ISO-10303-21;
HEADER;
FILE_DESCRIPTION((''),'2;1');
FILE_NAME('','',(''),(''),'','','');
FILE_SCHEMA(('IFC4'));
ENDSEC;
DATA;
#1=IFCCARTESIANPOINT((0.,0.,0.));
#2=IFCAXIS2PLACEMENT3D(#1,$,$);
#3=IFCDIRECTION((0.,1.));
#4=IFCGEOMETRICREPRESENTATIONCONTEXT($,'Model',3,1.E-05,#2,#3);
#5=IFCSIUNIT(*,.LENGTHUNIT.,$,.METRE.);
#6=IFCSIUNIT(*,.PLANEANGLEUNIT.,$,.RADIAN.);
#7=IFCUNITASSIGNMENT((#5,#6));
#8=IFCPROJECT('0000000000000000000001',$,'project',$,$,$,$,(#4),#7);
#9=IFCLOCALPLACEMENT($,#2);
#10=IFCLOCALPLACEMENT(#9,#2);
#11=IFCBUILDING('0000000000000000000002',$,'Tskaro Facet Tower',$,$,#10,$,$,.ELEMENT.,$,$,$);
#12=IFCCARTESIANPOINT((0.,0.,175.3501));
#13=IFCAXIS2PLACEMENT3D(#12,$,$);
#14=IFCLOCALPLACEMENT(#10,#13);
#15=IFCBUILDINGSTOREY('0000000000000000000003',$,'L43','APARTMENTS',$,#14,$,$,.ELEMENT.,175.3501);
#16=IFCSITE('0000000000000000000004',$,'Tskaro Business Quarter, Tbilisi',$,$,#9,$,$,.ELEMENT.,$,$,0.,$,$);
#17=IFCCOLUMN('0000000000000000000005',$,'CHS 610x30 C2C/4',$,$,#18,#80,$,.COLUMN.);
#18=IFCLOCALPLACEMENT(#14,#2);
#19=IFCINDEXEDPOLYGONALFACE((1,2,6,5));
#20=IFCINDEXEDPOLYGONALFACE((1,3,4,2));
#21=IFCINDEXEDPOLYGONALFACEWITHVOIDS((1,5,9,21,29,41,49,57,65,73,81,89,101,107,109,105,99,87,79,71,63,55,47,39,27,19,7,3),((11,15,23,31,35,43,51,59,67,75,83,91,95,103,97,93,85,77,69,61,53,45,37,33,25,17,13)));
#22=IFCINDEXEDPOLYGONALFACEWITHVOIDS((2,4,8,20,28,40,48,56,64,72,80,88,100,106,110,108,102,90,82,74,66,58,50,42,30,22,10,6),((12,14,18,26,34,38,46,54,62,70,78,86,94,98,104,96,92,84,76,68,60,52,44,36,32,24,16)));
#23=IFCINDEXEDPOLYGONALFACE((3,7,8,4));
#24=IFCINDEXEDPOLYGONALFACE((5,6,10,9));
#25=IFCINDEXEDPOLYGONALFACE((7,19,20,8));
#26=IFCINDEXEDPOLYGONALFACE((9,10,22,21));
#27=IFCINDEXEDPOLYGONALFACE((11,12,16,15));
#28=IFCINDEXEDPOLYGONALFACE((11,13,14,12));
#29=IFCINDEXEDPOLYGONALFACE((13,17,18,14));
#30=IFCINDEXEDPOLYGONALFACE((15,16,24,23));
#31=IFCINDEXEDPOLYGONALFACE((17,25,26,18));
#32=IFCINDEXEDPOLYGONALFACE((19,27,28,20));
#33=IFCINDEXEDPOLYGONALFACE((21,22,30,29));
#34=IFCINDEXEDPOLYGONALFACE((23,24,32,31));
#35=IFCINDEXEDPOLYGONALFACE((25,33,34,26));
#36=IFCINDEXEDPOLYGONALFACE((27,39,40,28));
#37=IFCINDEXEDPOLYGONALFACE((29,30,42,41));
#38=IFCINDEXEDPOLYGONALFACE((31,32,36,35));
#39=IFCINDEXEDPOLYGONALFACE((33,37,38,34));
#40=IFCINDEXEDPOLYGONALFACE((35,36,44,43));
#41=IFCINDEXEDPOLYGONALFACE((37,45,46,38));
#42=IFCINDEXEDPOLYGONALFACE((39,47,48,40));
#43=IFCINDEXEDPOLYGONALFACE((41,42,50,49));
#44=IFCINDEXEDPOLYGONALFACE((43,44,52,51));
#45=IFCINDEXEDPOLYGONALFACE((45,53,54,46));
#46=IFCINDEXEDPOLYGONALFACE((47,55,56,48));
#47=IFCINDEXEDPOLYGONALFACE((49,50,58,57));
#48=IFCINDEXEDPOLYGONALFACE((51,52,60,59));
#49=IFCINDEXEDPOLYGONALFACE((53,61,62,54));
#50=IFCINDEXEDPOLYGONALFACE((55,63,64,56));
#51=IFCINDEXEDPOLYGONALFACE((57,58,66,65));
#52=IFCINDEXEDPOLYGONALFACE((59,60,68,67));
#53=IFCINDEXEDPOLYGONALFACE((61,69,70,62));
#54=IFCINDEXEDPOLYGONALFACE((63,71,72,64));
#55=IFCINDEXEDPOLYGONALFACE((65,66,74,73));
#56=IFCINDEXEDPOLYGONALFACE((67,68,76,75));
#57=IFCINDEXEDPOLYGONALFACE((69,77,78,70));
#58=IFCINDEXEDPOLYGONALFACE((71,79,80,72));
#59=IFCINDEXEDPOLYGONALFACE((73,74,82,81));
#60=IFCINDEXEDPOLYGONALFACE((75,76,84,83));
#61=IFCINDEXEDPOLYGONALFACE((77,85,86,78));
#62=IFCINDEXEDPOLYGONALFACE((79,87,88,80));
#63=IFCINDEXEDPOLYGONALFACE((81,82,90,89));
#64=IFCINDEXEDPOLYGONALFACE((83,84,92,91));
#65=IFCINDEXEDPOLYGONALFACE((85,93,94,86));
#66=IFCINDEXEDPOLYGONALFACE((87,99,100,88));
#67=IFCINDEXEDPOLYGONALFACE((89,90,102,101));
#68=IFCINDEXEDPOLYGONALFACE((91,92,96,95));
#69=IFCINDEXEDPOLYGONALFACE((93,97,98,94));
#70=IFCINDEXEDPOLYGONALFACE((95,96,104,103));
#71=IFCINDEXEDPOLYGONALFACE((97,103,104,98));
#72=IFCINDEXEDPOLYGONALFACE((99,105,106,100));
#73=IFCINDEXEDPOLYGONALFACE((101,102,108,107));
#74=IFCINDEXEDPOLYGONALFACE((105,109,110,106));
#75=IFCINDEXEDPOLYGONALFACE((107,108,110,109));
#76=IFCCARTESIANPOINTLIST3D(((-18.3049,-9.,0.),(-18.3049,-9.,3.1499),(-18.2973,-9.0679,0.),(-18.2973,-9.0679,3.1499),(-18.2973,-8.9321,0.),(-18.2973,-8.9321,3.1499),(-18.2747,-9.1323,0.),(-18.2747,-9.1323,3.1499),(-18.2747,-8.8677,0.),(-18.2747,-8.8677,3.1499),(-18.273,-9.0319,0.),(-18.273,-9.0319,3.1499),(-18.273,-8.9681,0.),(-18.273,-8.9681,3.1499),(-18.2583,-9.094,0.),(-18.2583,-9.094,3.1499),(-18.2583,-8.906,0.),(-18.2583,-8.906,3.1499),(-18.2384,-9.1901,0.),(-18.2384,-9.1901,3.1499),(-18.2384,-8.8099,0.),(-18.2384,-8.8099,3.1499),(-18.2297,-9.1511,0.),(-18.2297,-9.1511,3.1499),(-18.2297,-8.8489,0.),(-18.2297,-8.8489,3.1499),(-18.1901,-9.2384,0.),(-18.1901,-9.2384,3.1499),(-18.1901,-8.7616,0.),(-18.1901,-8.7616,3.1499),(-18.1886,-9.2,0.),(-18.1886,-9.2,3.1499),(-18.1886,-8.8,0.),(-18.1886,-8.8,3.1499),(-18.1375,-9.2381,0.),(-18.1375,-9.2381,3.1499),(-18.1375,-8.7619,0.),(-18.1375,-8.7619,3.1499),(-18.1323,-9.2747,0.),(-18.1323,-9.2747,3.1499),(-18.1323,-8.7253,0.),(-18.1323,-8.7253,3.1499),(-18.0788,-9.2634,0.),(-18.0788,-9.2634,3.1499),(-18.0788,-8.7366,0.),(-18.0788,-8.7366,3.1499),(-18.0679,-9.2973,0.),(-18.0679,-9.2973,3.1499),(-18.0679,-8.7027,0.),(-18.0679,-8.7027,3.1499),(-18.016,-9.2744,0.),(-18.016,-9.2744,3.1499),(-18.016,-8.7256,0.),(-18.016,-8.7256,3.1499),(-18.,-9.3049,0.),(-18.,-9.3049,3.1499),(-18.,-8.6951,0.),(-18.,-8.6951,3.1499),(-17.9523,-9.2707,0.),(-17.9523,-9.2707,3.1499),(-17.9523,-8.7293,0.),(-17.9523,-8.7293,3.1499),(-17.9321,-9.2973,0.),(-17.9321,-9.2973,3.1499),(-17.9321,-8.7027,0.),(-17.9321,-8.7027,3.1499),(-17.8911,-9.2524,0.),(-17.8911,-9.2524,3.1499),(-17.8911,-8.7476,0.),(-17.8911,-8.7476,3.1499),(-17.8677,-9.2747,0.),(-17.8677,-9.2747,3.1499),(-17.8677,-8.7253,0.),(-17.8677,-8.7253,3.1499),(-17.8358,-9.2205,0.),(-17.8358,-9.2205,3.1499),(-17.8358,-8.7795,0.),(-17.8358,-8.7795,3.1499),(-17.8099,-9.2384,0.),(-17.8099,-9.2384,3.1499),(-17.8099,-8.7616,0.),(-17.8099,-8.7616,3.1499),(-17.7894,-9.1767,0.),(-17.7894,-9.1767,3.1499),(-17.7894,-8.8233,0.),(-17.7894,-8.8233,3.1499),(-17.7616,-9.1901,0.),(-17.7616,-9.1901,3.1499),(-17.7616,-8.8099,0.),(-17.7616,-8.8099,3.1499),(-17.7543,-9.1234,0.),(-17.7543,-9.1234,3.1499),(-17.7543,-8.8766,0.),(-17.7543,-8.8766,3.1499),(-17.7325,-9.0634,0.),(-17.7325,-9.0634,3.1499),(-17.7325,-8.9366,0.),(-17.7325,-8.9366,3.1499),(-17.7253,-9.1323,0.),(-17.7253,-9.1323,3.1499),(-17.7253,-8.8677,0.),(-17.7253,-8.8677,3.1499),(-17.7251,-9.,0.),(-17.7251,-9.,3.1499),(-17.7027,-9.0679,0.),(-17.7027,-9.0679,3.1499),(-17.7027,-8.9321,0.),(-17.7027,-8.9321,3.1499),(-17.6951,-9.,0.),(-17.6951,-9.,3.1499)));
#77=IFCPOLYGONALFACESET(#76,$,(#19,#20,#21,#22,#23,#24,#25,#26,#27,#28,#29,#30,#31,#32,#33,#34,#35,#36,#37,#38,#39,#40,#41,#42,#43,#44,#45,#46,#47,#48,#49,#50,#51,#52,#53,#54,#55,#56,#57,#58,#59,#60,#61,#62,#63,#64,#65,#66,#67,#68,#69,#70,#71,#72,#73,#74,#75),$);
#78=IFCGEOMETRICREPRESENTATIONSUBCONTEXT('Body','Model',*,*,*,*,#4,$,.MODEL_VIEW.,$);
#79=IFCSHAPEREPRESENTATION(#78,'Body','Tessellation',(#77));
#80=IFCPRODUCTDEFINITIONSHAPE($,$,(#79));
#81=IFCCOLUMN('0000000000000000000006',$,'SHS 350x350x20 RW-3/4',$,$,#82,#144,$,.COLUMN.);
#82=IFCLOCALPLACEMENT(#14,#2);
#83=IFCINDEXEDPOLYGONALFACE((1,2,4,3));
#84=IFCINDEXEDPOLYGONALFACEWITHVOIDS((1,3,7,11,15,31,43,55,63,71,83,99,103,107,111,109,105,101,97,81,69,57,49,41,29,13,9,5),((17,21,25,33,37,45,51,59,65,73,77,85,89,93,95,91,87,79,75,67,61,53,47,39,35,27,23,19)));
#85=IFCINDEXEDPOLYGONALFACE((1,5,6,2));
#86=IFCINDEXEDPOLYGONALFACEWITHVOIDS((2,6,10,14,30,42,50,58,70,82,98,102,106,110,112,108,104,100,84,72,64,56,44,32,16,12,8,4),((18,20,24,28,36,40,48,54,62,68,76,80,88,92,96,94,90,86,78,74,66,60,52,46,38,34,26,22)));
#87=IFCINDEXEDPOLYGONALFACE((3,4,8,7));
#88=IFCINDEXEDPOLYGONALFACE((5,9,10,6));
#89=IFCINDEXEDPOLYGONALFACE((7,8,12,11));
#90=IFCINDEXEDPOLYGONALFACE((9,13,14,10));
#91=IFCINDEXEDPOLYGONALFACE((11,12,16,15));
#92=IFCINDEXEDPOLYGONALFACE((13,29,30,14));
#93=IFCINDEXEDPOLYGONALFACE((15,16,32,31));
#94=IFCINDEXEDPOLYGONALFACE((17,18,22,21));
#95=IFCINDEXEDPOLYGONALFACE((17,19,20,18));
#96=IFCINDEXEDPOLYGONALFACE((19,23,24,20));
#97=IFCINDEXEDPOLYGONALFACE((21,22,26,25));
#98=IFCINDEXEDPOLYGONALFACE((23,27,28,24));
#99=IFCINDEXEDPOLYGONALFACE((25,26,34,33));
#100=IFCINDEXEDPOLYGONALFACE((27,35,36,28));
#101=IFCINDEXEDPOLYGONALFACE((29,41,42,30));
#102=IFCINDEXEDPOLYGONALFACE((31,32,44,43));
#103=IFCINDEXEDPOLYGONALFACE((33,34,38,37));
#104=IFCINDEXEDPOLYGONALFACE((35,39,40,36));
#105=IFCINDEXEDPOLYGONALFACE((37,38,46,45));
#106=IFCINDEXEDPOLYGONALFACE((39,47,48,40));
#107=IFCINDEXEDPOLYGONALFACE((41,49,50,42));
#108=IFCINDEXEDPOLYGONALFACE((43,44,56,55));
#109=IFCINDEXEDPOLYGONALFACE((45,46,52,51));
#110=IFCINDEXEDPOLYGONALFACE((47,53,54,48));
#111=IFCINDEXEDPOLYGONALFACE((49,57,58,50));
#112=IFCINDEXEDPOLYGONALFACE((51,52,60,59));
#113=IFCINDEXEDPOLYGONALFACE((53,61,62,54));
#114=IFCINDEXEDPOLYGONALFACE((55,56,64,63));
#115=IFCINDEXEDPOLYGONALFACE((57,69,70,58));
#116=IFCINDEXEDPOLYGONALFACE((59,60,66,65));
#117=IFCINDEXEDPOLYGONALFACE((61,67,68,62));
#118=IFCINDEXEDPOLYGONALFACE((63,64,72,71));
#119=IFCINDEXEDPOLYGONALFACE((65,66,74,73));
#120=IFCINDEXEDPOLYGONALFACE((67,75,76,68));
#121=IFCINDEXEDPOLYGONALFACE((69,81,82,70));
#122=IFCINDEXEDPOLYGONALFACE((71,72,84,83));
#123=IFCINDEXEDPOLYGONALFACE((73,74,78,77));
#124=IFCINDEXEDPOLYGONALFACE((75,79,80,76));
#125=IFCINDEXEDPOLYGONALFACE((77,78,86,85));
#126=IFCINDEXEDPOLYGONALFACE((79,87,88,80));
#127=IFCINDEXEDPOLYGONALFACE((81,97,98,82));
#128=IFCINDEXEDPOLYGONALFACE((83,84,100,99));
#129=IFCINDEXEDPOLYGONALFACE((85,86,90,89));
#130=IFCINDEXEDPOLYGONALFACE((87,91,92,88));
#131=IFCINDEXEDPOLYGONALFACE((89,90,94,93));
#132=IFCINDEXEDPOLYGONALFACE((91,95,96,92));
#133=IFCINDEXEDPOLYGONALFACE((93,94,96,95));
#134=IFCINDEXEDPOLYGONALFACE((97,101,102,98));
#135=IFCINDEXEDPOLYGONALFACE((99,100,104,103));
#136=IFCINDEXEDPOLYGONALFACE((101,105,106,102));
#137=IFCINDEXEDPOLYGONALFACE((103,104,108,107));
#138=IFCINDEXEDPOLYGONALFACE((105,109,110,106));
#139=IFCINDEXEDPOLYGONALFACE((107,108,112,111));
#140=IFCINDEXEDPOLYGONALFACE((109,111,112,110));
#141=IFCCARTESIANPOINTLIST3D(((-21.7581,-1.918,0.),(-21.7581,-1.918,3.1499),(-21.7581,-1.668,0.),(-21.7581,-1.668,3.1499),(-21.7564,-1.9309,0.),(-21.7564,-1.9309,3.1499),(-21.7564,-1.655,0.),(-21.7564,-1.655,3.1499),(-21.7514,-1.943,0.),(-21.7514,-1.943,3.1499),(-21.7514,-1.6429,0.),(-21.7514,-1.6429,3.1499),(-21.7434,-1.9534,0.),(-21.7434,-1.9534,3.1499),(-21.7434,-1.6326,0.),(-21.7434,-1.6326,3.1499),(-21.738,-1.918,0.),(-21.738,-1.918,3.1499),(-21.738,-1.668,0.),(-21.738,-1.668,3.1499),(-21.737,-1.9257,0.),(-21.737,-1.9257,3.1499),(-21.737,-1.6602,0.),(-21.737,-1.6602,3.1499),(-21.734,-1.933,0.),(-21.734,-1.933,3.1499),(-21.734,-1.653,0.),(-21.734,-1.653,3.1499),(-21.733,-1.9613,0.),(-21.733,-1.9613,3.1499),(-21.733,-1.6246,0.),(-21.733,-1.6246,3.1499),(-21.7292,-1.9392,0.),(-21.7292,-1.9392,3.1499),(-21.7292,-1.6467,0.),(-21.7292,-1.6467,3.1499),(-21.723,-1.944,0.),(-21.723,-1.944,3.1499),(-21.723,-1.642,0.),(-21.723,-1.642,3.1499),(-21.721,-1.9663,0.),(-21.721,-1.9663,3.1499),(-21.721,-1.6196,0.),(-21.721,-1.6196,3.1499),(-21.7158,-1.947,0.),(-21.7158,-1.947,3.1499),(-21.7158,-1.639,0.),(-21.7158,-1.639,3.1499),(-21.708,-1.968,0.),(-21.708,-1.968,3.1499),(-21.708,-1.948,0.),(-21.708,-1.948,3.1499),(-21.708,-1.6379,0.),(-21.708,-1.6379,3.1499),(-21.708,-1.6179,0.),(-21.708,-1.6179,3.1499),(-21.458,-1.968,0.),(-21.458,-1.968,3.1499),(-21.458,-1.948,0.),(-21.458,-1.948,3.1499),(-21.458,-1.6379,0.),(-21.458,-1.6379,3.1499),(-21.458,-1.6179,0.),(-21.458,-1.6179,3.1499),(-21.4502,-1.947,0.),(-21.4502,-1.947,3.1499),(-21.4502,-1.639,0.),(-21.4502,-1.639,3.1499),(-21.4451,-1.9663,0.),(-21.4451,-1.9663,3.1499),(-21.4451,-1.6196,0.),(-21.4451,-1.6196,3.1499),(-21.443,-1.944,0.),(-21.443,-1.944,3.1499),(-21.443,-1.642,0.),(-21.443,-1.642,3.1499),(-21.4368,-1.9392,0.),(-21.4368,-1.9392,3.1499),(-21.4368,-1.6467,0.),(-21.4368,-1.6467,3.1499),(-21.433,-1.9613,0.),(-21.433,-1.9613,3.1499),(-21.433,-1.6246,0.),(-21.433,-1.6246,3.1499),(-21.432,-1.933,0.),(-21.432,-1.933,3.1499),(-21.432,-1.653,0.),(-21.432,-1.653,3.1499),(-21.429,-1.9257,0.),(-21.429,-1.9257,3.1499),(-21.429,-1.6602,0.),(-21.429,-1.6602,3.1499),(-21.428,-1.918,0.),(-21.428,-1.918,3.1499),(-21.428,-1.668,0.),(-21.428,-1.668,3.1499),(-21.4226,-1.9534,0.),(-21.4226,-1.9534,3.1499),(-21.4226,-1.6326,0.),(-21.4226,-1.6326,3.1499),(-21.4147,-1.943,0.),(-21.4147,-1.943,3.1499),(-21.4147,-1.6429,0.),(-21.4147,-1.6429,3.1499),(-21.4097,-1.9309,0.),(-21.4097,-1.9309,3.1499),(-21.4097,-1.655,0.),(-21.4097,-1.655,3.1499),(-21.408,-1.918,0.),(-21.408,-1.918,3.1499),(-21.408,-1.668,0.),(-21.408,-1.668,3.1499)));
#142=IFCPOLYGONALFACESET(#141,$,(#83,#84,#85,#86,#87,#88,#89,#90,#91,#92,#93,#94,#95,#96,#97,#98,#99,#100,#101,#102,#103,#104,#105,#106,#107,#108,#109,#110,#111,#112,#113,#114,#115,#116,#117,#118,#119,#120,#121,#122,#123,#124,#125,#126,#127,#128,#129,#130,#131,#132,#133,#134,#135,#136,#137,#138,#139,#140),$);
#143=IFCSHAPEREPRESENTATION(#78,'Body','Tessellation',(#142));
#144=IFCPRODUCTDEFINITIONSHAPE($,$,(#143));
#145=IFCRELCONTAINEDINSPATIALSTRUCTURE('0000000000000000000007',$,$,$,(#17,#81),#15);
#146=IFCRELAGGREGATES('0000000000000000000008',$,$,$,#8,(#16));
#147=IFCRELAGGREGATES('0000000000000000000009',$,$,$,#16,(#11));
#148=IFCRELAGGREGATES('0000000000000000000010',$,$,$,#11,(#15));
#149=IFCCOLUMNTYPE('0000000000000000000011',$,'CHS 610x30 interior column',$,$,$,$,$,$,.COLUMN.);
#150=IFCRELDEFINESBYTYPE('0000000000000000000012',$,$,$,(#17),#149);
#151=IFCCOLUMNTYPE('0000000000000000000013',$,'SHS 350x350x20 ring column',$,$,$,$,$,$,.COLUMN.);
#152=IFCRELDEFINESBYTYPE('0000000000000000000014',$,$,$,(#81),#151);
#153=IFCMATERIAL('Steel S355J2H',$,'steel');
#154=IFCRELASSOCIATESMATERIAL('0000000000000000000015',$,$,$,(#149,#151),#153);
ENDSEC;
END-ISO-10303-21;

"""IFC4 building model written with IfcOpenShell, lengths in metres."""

from ifc_helpers import new_model, si_unit, direction, frame, origin, origin_2d, place, context, subcontext, project, spatial, hollow_rectangle, hollow_circle, extrude, material, material_profile, profile_set, type_object, element, save


model = new_model("IFC4")

# Units and contexts
model_context = context("Model", 3, precision=1e-05, world=origin(), true_north=direction((0.0, 1.0)))
body_context = subcontext(model_context, "Body", "Model", "MODEL_VIEW")
ifc_project = project(units=[si_unit("LENGTHUNIT", "METRE"), si_unit("PLANEANGLEUNIT", "RADIAN")], contexts=[model_context])

# Site, building, storey
site_placement = place(None, origin())
site = spatial("IfcSite", under=ifc_project, at=site_placement, Name="Tskaro Business Quarter, Tbilisi", CompositionType="ELEMENT", RefElevation=0.0)
building_placement = place(site_placement, origin())
building = spatial("IfcBuilding", under=site, at=building_placement, Name="Tskaro Facet Tower", CompositionType="ELEMENT")
storey_placement = place(building_placement, frame((0.0, 0.0, 175.3501)))
storey = spatial("IfcBuildingStorey", under=building, at=storey_placement, Name="L43", Description="APARTMENTS", CompositionType="ELEMENT", Elevation=175.3501)

# Columns
ifc_material_1 = material(Name="Steel S355J2H", Category="steel")
ifc_material_profile_1 = material_profile(ifc_material_1, hollow_circle(Radius=0.3049, WallThickness=0.03, at=origin_2d()), Name="CHS 610x30")
ifc_profile_set_1 = profile_set([ifc_material_profile_1], Name="Steel S355J2H")
column_type_1 = type_object("IfcColumnType", Name="CHS 610x30 interior column", PredefinedType="COLUMN", material=ifc_profile_set_1)
column_placement = place(storey_placement, frame((-18.0, -9.0, 0.0), z_axis=(0.0, 0.0, 1.0), x_axis=(1.0, 0.0, 0.0)))
element("IfcColumn", 1, at=column_placement, inside=storey, type_object=column_type_1, Name="CHS 610x30 C2C/4", PredefinedType="COLUMN", context=body_context, shape_type="SweptSolid", body=[
    extrude(hollow_circle(Radius=0.3049, WallThickness=0.03, at=origin_2d()), origin(), (0.0, 0.0, 1.0), 3.1499),
])
ifc_material_profile_2 = material_profile(ifc_material_1, hollow_rectangle(XDim=0.3501, YDim=0.3501, WallThickness=0.02, InnerFilletRadius=0.03, OuterFilletRadius=0.05, at=origin_2d()), Name="SHS 350x350x20")
ifc_profile_set_2 = profile_set([ifc_material_profile_2], Name="Steel S355J2H")
column_type_2 = type_object("IfcColumnType", Name="SHS 350x350x20 ring column", PredefinedType="COLUMN", material=ifc_profile_set_2)
for number, where, z_axis, x_axis, name in (
    (2, (-21.583, -1.793, 0.0), (0.0, 0.0, 1.0), (1.0, 0.0, 0.0), "SHS 350x350x20 RW-3/4"),
):
    element("IfcColumn", number, at=place(storey_placement, frame(where, z_axis=z_axis, x_axis=x_axis)), inside=storey, type_object=column_type_2, Name=name, PredefinedType="COLUMN", context=body_context, shape_type="SweptSolid", body=[
        extrude(hollow_rectangle(XDim=0.3501, YDim=0.3501, WallThickness=0.02, InnerFilletRadius=0.03, OuterFilletRadius=0.05, at=origin_2d()), origin(), (0.0, 0.0, 1.0), 3.1499),
    ])

save(model, "model.ifc")
